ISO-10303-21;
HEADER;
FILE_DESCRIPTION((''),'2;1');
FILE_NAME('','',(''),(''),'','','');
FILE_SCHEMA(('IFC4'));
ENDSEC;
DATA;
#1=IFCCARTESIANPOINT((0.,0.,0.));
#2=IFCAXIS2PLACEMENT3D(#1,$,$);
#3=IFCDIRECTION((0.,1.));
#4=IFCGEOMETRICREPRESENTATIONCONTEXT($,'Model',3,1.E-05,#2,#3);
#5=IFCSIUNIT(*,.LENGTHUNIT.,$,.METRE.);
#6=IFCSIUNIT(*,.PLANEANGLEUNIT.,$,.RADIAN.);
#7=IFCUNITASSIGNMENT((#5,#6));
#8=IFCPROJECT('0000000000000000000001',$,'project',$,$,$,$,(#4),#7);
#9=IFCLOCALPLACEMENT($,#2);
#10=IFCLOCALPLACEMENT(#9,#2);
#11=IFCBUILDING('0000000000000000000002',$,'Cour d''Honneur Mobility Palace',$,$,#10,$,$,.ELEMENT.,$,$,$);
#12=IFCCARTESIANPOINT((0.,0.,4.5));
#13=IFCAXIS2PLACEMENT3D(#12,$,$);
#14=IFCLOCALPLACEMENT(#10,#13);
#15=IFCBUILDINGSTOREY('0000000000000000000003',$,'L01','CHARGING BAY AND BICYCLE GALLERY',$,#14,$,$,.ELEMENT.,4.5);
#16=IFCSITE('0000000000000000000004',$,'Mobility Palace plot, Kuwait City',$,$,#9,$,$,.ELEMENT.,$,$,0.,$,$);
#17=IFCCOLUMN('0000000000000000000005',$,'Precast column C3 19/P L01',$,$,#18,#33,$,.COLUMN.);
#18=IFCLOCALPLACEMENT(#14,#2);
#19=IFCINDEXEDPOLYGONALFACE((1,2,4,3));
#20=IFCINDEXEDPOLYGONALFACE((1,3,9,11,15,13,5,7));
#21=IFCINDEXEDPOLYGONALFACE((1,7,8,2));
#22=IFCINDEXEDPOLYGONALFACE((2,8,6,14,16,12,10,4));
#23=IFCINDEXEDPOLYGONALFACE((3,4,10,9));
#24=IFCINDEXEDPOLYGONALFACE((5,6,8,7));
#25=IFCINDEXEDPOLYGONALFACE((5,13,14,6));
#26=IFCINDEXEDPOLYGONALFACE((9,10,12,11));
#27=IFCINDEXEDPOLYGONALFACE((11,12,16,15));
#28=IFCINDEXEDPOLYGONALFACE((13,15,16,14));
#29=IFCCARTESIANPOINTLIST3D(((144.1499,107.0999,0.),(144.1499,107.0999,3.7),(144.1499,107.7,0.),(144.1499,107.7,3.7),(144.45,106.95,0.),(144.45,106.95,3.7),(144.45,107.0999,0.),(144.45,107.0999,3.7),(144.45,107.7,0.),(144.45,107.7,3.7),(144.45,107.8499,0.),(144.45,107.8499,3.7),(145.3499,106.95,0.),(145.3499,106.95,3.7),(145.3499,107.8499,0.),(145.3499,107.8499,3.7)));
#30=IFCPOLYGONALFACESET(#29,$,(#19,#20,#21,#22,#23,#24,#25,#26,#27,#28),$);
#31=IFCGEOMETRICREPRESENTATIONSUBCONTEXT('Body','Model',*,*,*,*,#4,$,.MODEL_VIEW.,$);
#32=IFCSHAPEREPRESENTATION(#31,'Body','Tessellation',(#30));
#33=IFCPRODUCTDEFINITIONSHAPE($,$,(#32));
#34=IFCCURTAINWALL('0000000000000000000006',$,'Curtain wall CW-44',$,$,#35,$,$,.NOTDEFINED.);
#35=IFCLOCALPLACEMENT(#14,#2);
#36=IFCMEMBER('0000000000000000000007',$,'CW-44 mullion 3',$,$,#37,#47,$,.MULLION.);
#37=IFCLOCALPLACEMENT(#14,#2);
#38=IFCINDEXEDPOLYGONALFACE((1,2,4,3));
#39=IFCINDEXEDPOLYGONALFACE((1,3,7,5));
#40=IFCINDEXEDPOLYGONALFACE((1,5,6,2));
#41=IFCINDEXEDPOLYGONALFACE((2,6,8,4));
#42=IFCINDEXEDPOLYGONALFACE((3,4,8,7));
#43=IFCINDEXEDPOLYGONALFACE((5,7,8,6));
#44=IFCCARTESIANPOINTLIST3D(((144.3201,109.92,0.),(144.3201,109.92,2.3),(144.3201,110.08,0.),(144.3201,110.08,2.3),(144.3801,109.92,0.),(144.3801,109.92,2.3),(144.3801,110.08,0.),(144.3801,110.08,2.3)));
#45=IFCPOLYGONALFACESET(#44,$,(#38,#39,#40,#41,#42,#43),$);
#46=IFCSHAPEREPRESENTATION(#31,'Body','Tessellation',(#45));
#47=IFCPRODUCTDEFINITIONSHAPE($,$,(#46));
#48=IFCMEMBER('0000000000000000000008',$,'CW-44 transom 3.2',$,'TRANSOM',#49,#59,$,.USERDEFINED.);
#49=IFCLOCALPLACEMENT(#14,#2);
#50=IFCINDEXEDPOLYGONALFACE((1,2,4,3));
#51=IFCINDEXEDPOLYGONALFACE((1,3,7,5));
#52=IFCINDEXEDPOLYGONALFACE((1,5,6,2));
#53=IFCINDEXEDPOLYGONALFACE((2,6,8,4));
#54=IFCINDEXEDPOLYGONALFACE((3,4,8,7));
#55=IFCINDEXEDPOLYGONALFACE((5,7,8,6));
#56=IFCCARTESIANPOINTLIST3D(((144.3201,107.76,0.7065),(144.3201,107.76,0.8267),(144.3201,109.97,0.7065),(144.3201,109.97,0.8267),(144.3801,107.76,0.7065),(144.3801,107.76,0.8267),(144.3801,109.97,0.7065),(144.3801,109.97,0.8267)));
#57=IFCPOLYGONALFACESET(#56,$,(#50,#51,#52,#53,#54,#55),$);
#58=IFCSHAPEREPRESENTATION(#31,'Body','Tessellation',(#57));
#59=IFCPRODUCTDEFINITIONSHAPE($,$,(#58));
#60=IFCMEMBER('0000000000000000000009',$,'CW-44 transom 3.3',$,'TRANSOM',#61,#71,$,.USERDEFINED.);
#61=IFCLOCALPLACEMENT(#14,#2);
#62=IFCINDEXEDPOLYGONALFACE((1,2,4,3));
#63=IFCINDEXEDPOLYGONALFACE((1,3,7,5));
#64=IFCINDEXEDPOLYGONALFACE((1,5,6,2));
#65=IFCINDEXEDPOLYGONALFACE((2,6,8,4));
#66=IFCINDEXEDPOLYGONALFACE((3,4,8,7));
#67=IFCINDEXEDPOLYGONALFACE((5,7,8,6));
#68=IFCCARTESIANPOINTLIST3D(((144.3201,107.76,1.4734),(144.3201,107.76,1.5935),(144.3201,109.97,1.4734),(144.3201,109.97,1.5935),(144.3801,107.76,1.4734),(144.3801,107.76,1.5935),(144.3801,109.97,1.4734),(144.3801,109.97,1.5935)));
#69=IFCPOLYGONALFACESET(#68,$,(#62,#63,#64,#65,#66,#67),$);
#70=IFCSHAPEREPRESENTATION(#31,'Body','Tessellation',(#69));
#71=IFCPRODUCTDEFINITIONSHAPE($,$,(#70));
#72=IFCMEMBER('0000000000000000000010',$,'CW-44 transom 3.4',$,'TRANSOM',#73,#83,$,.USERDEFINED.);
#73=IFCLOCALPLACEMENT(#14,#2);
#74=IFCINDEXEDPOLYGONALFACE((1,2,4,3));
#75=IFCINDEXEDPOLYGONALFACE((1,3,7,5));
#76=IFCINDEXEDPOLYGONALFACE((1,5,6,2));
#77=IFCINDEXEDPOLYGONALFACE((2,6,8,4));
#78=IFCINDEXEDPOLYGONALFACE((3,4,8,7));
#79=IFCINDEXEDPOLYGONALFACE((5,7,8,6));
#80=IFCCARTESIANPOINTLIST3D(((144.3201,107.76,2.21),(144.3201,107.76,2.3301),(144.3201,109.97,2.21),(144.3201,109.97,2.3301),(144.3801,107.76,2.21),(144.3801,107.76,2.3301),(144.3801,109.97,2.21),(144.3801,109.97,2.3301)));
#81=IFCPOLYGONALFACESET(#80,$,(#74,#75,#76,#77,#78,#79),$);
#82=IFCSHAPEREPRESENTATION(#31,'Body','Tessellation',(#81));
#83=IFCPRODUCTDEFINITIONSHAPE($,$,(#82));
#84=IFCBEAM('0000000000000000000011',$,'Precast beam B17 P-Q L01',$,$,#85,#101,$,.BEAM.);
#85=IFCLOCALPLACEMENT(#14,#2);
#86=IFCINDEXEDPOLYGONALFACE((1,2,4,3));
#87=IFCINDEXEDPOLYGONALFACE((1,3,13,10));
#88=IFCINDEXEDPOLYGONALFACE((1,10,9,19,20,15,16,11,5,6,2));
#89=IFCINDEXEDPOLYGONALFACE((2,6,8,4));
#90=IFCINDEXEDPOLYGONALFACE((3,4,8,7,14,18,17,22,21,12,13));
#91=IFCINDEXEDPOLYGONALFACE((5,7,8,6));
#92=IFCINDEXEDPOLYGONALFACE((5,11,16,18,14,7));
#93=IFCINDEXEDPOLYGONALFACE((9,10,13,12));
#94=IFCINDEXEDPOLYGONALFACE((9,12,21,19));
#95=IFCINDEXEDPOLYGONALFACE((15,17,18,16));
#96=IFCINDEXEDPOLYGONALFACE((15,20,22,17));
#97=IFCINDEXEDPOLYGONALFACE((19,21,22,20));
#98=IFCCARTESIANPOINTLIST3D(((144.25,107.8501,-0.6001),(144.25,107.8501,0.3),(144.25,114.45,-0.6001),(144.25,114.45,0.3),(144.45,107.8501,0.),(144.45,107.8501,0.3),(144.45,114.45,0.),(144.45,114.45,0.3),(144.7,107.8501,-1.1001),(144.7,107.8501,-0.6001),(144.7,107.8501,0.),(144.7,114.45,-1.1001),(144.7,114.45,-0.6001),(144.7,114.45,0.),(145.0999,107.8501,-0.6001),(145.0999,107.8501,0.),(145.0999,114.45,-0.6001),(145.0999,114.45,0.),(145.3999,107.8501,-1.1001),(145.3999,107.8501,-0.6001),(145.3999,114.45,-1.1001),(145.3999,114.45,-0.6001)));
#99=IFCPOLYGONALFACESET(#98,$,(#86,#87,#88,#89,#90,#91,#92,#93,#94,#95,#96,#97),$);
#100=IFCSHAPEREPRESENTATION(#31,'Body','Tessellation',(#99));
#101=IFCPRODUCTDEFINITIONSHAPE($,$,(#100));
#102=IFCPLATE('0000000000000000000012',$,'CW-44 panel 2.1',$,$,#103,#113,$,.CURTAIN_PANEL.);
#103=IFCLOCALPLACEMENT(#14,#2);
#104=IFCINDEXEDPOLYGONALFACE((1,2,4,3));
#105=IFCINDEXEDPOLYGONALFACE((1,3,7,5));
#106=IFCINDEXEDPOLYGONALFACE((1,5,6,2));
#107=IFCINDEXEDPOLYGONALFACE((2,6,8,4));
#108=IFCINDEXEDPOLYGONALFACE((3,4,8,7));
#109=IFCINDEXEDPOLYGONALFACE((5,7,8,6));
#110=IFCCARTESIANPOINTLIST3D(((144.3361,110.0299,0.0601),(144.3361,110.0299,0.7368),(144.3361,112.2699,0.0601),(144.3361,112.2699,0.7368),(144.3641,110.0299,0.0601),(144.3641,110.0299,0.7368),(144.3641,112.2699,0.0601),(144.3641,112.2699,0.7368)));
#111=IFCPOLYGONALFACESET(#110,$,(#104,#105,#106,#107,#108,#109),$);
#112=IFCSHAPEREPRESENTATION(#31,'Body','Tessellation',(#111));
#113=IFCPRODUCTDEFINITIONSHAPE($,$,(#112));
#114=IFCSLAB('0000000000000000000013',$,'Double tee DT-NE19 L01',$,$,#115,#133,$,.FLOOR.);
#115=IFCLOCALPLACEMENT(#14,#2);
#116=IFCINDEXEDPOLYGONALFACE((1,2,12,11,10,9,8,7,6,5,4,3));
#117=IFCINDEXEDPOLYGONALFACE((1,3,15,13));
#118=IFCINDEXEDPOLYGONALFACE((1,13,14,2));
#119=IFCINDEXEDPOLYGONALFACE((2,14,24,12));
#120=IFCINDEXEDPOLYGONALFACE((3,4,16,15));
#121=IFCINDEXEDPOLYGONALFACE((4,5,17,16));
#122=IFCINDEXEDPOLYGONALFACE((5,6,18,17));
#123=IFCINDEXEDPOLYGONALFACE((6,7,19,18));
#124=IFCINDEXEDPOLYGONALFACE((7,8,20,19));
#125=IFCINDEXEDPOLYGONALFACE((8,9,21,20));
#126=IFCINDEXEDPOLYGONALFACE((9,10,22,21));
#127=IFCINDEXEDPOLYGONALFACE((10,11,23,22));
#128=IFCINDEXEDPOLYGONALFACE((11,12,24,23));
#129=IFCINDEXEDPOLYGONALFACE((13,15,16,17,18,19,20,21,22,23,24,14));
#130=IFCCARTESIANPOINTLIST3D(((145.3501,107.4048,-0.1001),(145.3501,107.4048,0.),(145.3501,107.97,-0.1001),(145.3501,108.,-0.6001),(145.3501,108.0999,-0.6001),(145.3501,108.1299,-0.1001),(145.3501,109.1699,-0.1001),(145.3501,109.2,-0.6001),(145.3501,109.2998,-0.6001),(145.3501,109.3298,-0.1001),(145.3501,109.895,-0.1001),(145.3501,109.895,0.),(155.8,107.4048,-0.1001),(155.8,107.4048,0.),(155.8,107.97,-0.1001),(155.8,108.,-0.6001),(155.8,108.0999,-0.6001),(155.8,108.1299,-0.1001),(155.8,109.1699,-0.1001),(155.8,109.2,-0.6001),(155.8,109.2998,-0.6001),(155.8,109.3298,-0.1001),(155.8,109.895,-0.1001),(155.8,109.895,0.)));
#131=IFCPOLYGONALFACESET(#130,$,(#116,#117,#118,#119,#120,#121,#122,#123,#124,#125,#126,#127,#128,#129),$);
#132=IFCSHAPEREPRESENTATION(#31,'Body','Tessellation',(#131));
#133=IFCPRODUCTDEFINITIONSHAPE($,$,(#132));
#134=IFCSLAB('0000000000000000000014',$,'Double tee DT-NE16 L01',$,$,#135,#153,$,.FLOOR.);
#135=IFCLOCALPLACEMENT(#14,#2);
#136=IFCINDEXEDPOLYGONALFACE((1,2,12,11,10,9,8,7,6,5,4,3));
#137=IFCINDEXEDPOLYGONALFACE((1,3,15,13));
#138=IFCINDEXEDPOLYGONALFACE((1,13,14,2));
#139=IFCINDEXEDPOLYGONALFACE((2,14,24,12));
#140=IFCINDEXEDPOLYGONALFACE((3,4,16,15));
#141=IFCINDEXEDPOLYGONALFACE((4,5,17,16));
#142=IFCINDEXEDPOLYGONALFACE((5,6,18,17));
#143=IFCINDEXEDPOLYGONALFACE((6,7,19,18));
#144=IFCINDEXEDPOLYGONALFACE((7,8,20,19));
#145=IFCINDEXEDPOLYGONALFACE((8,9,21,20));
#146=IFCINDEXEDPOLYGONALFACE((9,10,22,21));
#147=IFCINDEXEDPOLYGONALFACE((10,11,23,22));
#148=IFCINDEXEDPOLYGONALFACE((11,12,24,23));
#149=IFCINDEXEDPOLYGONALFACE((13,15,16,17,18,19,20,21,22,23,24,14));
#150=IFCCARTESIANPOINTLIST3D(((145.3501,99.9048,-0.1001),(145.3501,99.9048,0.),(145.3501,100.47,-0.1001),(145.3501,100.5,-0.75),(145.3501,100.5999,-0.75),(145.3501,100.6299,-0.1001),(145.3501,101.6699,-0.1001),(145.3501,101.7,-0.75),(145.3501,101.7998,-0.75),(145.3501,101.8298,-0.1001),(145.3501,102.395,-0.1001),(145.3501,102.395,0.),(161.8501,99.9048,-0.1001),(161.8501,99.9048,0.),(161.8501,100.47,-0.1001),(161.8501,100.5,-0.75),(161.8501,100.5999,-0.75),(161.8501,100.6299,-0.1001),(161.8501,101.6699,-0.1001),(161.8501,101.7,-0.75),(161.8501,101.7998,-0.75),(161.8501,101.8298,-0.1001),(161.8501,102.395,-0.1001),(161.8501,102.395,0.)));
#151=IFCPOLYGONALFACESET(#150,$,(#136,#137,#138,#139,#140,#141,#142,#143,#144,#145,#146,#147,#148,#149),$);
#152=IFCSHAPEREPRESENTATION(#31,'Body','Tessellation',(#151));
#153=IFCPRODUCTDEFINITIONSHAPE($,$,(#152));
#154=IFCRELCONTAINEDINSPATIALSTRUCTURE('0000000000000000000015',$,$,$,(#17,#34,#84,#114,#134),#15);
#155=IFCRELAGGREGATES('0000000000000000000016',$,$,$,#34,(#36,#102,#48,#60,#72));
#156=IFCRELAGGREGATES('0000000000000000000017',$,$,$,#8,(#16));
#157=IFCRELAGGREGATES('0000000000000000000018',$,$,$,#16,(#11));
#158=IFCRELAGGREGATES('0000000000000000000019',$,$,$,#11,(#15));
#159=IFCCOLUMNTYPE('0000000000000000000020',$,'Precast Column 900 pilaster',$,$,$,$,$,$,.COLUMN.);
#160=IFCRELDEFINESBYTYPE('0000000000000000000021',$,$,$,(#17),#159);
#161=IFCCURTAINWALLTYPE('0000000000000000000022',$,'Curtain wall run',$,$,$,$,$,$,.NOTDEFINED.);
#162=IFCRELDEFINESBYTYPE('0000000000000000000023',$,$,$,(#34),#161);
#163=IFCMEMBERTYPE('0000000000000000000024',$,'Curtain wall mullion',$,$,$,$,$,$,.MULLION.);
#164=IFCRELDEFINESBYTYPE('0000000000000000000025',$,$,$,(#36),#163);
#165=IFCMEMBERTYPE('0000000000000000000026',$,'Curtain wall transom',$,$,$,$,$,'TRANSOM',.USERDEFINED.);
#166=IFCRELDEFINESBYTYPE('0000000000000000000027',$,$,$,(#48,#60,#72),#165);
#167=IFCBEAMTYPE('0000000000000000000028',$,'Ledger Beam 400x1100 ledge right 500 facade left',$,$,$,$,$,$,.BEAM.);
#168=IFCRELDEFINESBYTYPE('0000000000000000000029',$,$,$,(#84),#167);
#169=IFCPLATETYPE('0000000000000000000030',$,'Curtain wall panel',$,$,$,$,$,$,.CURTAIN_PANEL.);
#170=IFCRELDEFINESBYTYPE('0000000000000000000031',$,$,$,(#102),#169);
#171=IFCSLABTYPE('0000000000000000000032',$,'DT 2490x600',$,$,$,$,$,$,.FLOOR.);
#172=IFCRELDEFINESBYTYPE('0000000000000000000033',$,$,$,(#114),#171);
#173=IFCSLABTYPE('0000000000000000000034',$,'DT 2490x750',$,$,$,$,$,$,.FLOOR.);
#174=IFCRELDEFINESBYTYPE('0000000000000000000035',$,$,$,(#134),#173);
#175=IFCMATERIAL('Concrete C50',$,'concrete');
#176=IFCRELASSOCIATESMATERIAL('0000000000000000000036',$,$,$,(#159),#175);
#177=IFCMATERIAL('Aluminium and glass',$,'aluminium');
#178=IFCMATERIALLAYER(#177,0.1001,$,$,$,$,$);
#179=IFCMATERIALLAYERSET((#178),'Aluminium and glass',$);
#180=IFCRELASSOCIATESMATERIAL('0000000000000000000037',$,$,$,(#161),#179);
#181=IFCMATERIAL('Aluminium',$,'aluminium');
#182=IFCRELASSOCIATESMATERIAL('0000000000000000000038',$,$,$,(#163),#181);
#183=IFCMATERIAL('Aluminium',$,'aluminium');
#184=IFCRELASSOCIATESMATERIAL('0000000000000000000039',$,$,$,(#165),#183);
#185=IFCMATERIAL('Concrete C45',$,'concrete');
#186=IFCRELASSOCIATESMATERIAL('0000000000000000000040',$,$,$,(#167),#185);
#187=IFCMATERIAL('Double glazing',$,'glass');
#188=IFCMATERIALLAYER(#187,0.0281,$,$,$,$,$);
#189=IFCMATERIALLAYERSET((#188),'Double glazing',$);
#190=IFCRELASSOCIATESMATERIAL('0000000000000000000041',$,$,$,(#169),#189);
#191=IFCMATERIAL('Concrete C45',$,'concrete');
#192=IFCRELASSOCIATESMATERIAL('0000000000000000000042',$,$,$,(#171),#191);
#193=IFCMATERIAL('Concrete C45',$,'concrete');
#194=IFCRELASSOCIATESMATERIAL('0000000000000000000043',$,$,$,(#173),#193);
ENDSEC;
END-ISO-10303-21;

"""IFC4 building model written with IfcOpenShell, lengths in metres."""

from ifc_helpers import new_model, si_unit, direction, frame, origin, origin_2d, place, context, subcontext, project, spatial, polyline, rectangle, outline, extrude, material, layer, layer_set, material_profile, profile_set, type_object, element, aggregate, save


model = new_model("IFC4")

# Units and contexts
model_context = context("Model", 3, precision=1e-05, world=origin(), true_north=direction((0.0, 1.0)))
body_context = subcontext(model_context, "Body", "Model", "MODEL_VIEW")
ifc_project = project(units=[si_unit("LENGTHUNIT", "METRE"), si_unit("PLANEANGLEUNIT", "RADIAN")], contexts=[model_context])

# Site, building, storey
site_placement = place(None, origin())
site = spatial("IfcSite", under=ifc_project, at=site_placement, Name="Mobility Palace plot, Kuwait City", CompositionType="ELEMENT", RefElevation=0.0)
building_placement = place(site_placement, origin())
building = spatial("IfcBuilding", under=site, at=building_placement, Name="Cour d'Honneur Mobility Palace", CompositionType="ELEMENT")
storey_placement = place(building_placement, frame((0.0, 0.0, 4.5)))
storey = spatial("IfcBuildingStorey", under=building, at=storey_placement, Name="L01", Description="CHARGING BAY AND BICYCLE GALLERY", CompositionType="ELEMENT", Elevation=4.5)

# Column
ifc_material_1 = material(Name="Concrete C50", Category="concrete")
ifc_material_profile_1 = material_profile(ifc_material_1, outline(polyline([(-0.45, -0.45), (0.45, -0.45), (0.45, -0.3), (0.75, -0.3), (0.75, 0.3), (0.45, 0.3), (0.45, 0.45), (-0.45, 0.45), (-0.45, -0.45)])), Name="PC C900 pilaster")
ifc_profile_set_1 = profile_set([ifc_material_profile_1], Name="Concrete C50")
column_type = type_object("IfcColumnType", Name="Precast Column 900 pilaster", PredefinedType="COLUMN", material=ifc_profile_set_1)
column_placement = place(storey_placement, frame((144.8999, 107.3999, 0.0), z_axis=(0.0, 0.0, 1.0), x_axis=(-1.0, 0.0, 0.0)))
element("IfcColumn", 1, at=column_placement, inside=storey, type_object=column_type, Name="Precast column C3 19/P L01", PredefinedType="COLUMN", context=body_context, shape_type="SweptSolid", body=[
    extrude(outline(polyline([(-0.45, -0.45), (0.45, -0.45), (0.45, -0.3), (0.75, -0.3), (0.75, 0.3), (0.45, 0.3), (0.45, 0.45), (-0.45, 0.45), (-0.45, -0.45)])), origin(), (0.0, 0.0, 1.0), 3.7),
])

# Curtain wall, members
ifc_material_2 = material(Name="Aluminium and glass", Category="aluminium")
ifc_layer_1 = layer(ifc_material_2, 0.1001)
ifc_layer_set_1 = layer_set([ifc_layer_1], Name="Aluminium and glass")
curtain_wall_type = type_object("IfcCurtainWallType", Name="Curtain wall run", PredefinedType="NOTDEFINED", material=ifc_layer_set_1)
curtain_wall_placement = place(storey_placement, origin())
curtain_wall = element("IfcCurtainWall", 2, at=curtain_wall_placement, inside=storey, type_object=curtain_wall_type, Name="Curtain wall CW-44", PredefinedType="NOTDEFINED")
ifc_material_3 = material(Name="Aluminium", Category="aluminium")
ifc_material_profile_2 = material_profile(ifc_material_3, rectangle(XDim=0.0601, YDim=0.1599, at=origin_2d()), Name="Curtain wall mullion")
ifc_profile_set_2 = profile_set([ifc_material_profile_2], Name="Aluminium")
member_type_1 = type_object("IfcMemberType", Name="Curtain wall mullion", PredefinedType="MULLION", material=ifc_profile_set_2)
member_1_placement = place(storey_placement, frame((144.3501, 110.0, 0.0), z_axis=(0.0, 0.0, 1.0), x_axis=(1.0, 0.0, 0.0)))
member_1 = element("IfcMember", 3, at=member_1_placement, type_object=member_type_1, Name="CW-44 mullion 3", PredefinedType="MULLION", context=body_context, shape_type="SweptSolid", body=[
    extrude(rectangle(XDim=0.0601, YDim=0.1599, at=origin_2d()), origin(), (0.0, 0.0, 1.0), 2.3),
])
ifc_material_4 = material(Name="Aluminium", Category="aluminium")
ifc_material_profile_3 = material_profile(ifc_material_4, rectangle(XDim=0.0601, YDim=0.1201, at=origin_2d()), Name="Curtain wall transom")
ifc_profile_set_3 = profile_set([ifc_material_profile_3], Name="Aluminium")
member_type_2 = type_object("IfcMemberType", Name="Curtain wall transom", ElementType="TRANSOM", PredefinedType="USERDEFINED", material=ifc_profile_set_3)
member_2_placement = place(storey_placement, frame((144.3501, 109.97, 0.7666), z_axis=(0.0, -1.0, 0.0), x_axis=(1.0, 0.0, 0.0)))
member_2 = element("IfcMember", 4, at=member_2_placement, type_object=member_type_2, Name="CW-44 transom 3.2", ObjectType="TRANSOM", PredefinedType="USERDEFINED", context=body_context, shape_type="SweptSolid", body=[
    extrude(rectangle(XDim=0.0601, YDim=0.1201, at=origin_2d()), origin(), (0.0, 0.0, 1.0), 2.21),
])
member_3_placement = place(storey_placement, frame((144.3501, 109.97, 1.5334), z_axis=(0.0, -1.0, 0.0), x_axis=(1.0, 0.0, 0.0)))
member_3 = element("IfcMember", 5, at=member_3_placement, type_object=member_type_2, Name="CW-44 transom 3.3", ObjectType="TRANSOM", PredefinedType="USERDEFINED", context=body_context, shape_type="SweptSolid", body=[
    extrude(rectangle(XDim=0.0601, YDim=0.1201, at=origin_2d()), origin(), (0.0, 0.0, 1.0), 2.21),
])
member_4_placement = place(storey_placement, frame((144.3501, 109.97, 2.27), z_axis=(0.0, -1.0, 0.0), x_axis=(1.0, 0.0, 0.0)))
member_4 = element("IfcMember", 6, at=member_4_placement, type_object=member_type_2, Name="CW-44 transom 3.4", ObjectType="TRANSOM", PredefinedType="USERDEFINED", context=body_context, shape_type="SweptSolid", body=[
    extrude(rectangle(XDim=0.0601, YDim=0.1201, at=origin_2d()), origin(), (0.0, 0.0, 1.0), 2.21),
])

# Beam
ifc_material_5 = material(Name="Concrete C45", Category="concrete")
ifc_material_profile_4 = material_profile(ifc_material_5, outline(polyline([(0.2, -1.1001), (0.2, -0.6001), (0.6499, -0.6001), (0.6499, 0.3), (0.45, 0.3), (0.45, 0.0), (0.2, 0.0), (-0.2, 0.0), (-0.2, -0.6001), (-0.5, -0.6001), (-0.5, -1.1001), (0.2, -1.1001)])), Name="Ledger Beam 400x1100 ledge right 500 facade left")
ifc_profile_set_4 = profile_set([ifc_material_profile_4], Name="Concrete C45")
beam_type = type_object("IfcBeamType", Name="Ledger Beam 400x1100 ledge right 500 facade left", PredefinedType="BEAM", material=ifc_profile_set_4)
beam_placement = place(storey_placement, frame((144.8999, 107.8501, 0.0), z_axis=(0.0, 1.0, 0.0), x_axis=(-1.0, 0.0, 0.0)))
element("IfcBeam", 7, at=beam_placement, inside=storey, type_object=beam_type, Name="Precast beam B17 P-Q L01", PredefinedType="BEAM", context=body_context, shape_type="SweptSolid", body=[
    extrude(outline(polyline([(0.2, -1.1001), (0.2, -0.6001), (0.6499, -0.6001), (0.6499, 0.3), (0.45, 0.3), (0.45, 0.0), (0.2, 0.0), (-0.2, 0.0), (-0.2, -0.6001), (-0.5, -0.6001), (-0.5, -1.1001), (0.2, -1.1001)])), origin(), (0.0, 0.0, 1.0), 6.5999),
])

# Plate
ifc_material_6 = material(Name="Double glazing", Category="glass")
ifc_layer_2 = layer(ifc_material_6, 0.0281)
ifc_layer_set_2 = layer_set([ifc_layer_2], Name="Double glazing")
plate_type = type_object("IfcPlateType", Name="Curtain wall panel", PredefinedType="CURTAIN_PANEL", material=ifc_layer_set_2)
plate_placement = place(storey_placement, frame((144.3501, 111.1499, 0.0601), z_axis=(0.0, 0.0, 1.0), x_axis=(0.0, -1.0, 0.0)))
plate = element("IfcPlate", 8, at=plate_placement, type_object=plate_type, Name="CW-44 panel 2.1", PredefinedType="CURTAIN_PANEL", context=body_context, shape_type="SweptSolid", body=[
    extrude(rectangle(XDim=2.24, YDim=0.0281, at=origin_2d()), origin(), (0.0, 0.0, 1.0), 0.6768),
])
aggregate(curtain_wall, [member_1, plate, member_2, member_3, member_4])

# Slabs
ifc_material_7 = material(Name="Concrete C45", Category="concrete")
ifc_material_profile_5 = material_profile(ifc_material_7, outline(polyline([(-1.2451, 0.0), (1.2451, 0.0), (1.2451, -0.1001), (0.6799, -0.1001), (0.6499, -0.6001), (0.55, -0.6001), (0.52, -0.1001), (-0.52, -0.1001), (-0.55, -0.6001), (-0.6499, -0.6001), (-0.6799, -0.1001), (-1.2451, -0.1001), (-1.2451, 0.0)])), Name="DT 2490x600")
ifc_profile_set_5 = profile_set([ifc_material_profile_5], Name="Concrete C45")
slab_type_1 = type_object("IfcSlabType", Name="DT 2490x600", PredefinedType="FLOOR", material=ifc_profile_set_5)
slab_1_placement = place(storey_placement, frame((145.3501, 108.6499, 0.0), z_axis=(1.0, 0.0, 0.0), x_axis=(0.0, 1.0, 0.0)))
element("IfcSlab", 9, at=slab_1_placement, inside=storey, type_object=slab_type_1, Name="Double tee DT-NE19 L01", PredefinedType="FLOOR", context=body_context, shape_type="SweptSolid", body=[
    extrude(outline(polyline([(-1.2451, 0.0), (1.2451, 0.0), (1.2451, -0.1001), (0.6799, -0.1001), (0.6499, -0.6001), (0.55, -0.6001), (0.52, -0.1001), (-0.52, -0.1001), (-0.55, -0.6001), (-0.6499, -0.6001), (-0.6799, -0.1001), (-1.2451, -0.1001), (-1.2451, 0.0)])), origin(), (0.0, 0.0, 1.0), 10.45),
])
ifc_material_8 = material(Name="Concrete C45", Category="concrete")
ifc_material_profile_6 = material_profile(ifc_material_8, outline(polyline([(-1.2451, 0.0), (1.2451, 0.0), (1.2451, -0.1001), (0.6799, -0.1001), (0.6499, -0.75), (0.55, -0.75), (0.52, -0.1001), (-0.52, -0.1001), (-0.55, -0.75), (-0.6499, -0.75), (-0.6799, -0.1001), (-1.2451, -0.1001), (-1.2451, 0.0)])), Name="DT 2490x750")
ifc_profile_set_6 = profile_set([ifc_material_profile_6], Name="Concrete C45")
slab_type_2 = type_object("IfcSlabType", Name="DT 2490x750", PredefinedType="FLOOR", material=ifc_profile_set_6)
slab_2_placement = place(storey_placement, frame((145.3501, 101.1499, 0.0), z_axis=(1.0, 0.0, 0.0), x_axis=(0.0, 1.0, 0.0)))
element("IfcSlab", 10, at=slab_2_placement, inside=storey, type_object=slab_type_2, Name="Double tee DT-NE16 L01", PredefinedType="FLOOR", context=body_context, shape_type="SweptSolid", body=[
    extrude(outline(polyline([(-1.2451, 0.0), (1.2451, 0.0), (1.2451, -0.1001), (0.6799, -0.1001), (0.6499, -0.75), (0.55, -0.75), (0.52, -0.1001), (-0.52, -0.1001), (-0.55, -0.75), (-0.6499, -0.75), (-0.6799, -0.1001), (-1.2451, -0.1001), (-1.2451, 0.0)])), origin(), (0.0, 0.0, 1.0), 16.5),
])

save(model, "model.ifc")
